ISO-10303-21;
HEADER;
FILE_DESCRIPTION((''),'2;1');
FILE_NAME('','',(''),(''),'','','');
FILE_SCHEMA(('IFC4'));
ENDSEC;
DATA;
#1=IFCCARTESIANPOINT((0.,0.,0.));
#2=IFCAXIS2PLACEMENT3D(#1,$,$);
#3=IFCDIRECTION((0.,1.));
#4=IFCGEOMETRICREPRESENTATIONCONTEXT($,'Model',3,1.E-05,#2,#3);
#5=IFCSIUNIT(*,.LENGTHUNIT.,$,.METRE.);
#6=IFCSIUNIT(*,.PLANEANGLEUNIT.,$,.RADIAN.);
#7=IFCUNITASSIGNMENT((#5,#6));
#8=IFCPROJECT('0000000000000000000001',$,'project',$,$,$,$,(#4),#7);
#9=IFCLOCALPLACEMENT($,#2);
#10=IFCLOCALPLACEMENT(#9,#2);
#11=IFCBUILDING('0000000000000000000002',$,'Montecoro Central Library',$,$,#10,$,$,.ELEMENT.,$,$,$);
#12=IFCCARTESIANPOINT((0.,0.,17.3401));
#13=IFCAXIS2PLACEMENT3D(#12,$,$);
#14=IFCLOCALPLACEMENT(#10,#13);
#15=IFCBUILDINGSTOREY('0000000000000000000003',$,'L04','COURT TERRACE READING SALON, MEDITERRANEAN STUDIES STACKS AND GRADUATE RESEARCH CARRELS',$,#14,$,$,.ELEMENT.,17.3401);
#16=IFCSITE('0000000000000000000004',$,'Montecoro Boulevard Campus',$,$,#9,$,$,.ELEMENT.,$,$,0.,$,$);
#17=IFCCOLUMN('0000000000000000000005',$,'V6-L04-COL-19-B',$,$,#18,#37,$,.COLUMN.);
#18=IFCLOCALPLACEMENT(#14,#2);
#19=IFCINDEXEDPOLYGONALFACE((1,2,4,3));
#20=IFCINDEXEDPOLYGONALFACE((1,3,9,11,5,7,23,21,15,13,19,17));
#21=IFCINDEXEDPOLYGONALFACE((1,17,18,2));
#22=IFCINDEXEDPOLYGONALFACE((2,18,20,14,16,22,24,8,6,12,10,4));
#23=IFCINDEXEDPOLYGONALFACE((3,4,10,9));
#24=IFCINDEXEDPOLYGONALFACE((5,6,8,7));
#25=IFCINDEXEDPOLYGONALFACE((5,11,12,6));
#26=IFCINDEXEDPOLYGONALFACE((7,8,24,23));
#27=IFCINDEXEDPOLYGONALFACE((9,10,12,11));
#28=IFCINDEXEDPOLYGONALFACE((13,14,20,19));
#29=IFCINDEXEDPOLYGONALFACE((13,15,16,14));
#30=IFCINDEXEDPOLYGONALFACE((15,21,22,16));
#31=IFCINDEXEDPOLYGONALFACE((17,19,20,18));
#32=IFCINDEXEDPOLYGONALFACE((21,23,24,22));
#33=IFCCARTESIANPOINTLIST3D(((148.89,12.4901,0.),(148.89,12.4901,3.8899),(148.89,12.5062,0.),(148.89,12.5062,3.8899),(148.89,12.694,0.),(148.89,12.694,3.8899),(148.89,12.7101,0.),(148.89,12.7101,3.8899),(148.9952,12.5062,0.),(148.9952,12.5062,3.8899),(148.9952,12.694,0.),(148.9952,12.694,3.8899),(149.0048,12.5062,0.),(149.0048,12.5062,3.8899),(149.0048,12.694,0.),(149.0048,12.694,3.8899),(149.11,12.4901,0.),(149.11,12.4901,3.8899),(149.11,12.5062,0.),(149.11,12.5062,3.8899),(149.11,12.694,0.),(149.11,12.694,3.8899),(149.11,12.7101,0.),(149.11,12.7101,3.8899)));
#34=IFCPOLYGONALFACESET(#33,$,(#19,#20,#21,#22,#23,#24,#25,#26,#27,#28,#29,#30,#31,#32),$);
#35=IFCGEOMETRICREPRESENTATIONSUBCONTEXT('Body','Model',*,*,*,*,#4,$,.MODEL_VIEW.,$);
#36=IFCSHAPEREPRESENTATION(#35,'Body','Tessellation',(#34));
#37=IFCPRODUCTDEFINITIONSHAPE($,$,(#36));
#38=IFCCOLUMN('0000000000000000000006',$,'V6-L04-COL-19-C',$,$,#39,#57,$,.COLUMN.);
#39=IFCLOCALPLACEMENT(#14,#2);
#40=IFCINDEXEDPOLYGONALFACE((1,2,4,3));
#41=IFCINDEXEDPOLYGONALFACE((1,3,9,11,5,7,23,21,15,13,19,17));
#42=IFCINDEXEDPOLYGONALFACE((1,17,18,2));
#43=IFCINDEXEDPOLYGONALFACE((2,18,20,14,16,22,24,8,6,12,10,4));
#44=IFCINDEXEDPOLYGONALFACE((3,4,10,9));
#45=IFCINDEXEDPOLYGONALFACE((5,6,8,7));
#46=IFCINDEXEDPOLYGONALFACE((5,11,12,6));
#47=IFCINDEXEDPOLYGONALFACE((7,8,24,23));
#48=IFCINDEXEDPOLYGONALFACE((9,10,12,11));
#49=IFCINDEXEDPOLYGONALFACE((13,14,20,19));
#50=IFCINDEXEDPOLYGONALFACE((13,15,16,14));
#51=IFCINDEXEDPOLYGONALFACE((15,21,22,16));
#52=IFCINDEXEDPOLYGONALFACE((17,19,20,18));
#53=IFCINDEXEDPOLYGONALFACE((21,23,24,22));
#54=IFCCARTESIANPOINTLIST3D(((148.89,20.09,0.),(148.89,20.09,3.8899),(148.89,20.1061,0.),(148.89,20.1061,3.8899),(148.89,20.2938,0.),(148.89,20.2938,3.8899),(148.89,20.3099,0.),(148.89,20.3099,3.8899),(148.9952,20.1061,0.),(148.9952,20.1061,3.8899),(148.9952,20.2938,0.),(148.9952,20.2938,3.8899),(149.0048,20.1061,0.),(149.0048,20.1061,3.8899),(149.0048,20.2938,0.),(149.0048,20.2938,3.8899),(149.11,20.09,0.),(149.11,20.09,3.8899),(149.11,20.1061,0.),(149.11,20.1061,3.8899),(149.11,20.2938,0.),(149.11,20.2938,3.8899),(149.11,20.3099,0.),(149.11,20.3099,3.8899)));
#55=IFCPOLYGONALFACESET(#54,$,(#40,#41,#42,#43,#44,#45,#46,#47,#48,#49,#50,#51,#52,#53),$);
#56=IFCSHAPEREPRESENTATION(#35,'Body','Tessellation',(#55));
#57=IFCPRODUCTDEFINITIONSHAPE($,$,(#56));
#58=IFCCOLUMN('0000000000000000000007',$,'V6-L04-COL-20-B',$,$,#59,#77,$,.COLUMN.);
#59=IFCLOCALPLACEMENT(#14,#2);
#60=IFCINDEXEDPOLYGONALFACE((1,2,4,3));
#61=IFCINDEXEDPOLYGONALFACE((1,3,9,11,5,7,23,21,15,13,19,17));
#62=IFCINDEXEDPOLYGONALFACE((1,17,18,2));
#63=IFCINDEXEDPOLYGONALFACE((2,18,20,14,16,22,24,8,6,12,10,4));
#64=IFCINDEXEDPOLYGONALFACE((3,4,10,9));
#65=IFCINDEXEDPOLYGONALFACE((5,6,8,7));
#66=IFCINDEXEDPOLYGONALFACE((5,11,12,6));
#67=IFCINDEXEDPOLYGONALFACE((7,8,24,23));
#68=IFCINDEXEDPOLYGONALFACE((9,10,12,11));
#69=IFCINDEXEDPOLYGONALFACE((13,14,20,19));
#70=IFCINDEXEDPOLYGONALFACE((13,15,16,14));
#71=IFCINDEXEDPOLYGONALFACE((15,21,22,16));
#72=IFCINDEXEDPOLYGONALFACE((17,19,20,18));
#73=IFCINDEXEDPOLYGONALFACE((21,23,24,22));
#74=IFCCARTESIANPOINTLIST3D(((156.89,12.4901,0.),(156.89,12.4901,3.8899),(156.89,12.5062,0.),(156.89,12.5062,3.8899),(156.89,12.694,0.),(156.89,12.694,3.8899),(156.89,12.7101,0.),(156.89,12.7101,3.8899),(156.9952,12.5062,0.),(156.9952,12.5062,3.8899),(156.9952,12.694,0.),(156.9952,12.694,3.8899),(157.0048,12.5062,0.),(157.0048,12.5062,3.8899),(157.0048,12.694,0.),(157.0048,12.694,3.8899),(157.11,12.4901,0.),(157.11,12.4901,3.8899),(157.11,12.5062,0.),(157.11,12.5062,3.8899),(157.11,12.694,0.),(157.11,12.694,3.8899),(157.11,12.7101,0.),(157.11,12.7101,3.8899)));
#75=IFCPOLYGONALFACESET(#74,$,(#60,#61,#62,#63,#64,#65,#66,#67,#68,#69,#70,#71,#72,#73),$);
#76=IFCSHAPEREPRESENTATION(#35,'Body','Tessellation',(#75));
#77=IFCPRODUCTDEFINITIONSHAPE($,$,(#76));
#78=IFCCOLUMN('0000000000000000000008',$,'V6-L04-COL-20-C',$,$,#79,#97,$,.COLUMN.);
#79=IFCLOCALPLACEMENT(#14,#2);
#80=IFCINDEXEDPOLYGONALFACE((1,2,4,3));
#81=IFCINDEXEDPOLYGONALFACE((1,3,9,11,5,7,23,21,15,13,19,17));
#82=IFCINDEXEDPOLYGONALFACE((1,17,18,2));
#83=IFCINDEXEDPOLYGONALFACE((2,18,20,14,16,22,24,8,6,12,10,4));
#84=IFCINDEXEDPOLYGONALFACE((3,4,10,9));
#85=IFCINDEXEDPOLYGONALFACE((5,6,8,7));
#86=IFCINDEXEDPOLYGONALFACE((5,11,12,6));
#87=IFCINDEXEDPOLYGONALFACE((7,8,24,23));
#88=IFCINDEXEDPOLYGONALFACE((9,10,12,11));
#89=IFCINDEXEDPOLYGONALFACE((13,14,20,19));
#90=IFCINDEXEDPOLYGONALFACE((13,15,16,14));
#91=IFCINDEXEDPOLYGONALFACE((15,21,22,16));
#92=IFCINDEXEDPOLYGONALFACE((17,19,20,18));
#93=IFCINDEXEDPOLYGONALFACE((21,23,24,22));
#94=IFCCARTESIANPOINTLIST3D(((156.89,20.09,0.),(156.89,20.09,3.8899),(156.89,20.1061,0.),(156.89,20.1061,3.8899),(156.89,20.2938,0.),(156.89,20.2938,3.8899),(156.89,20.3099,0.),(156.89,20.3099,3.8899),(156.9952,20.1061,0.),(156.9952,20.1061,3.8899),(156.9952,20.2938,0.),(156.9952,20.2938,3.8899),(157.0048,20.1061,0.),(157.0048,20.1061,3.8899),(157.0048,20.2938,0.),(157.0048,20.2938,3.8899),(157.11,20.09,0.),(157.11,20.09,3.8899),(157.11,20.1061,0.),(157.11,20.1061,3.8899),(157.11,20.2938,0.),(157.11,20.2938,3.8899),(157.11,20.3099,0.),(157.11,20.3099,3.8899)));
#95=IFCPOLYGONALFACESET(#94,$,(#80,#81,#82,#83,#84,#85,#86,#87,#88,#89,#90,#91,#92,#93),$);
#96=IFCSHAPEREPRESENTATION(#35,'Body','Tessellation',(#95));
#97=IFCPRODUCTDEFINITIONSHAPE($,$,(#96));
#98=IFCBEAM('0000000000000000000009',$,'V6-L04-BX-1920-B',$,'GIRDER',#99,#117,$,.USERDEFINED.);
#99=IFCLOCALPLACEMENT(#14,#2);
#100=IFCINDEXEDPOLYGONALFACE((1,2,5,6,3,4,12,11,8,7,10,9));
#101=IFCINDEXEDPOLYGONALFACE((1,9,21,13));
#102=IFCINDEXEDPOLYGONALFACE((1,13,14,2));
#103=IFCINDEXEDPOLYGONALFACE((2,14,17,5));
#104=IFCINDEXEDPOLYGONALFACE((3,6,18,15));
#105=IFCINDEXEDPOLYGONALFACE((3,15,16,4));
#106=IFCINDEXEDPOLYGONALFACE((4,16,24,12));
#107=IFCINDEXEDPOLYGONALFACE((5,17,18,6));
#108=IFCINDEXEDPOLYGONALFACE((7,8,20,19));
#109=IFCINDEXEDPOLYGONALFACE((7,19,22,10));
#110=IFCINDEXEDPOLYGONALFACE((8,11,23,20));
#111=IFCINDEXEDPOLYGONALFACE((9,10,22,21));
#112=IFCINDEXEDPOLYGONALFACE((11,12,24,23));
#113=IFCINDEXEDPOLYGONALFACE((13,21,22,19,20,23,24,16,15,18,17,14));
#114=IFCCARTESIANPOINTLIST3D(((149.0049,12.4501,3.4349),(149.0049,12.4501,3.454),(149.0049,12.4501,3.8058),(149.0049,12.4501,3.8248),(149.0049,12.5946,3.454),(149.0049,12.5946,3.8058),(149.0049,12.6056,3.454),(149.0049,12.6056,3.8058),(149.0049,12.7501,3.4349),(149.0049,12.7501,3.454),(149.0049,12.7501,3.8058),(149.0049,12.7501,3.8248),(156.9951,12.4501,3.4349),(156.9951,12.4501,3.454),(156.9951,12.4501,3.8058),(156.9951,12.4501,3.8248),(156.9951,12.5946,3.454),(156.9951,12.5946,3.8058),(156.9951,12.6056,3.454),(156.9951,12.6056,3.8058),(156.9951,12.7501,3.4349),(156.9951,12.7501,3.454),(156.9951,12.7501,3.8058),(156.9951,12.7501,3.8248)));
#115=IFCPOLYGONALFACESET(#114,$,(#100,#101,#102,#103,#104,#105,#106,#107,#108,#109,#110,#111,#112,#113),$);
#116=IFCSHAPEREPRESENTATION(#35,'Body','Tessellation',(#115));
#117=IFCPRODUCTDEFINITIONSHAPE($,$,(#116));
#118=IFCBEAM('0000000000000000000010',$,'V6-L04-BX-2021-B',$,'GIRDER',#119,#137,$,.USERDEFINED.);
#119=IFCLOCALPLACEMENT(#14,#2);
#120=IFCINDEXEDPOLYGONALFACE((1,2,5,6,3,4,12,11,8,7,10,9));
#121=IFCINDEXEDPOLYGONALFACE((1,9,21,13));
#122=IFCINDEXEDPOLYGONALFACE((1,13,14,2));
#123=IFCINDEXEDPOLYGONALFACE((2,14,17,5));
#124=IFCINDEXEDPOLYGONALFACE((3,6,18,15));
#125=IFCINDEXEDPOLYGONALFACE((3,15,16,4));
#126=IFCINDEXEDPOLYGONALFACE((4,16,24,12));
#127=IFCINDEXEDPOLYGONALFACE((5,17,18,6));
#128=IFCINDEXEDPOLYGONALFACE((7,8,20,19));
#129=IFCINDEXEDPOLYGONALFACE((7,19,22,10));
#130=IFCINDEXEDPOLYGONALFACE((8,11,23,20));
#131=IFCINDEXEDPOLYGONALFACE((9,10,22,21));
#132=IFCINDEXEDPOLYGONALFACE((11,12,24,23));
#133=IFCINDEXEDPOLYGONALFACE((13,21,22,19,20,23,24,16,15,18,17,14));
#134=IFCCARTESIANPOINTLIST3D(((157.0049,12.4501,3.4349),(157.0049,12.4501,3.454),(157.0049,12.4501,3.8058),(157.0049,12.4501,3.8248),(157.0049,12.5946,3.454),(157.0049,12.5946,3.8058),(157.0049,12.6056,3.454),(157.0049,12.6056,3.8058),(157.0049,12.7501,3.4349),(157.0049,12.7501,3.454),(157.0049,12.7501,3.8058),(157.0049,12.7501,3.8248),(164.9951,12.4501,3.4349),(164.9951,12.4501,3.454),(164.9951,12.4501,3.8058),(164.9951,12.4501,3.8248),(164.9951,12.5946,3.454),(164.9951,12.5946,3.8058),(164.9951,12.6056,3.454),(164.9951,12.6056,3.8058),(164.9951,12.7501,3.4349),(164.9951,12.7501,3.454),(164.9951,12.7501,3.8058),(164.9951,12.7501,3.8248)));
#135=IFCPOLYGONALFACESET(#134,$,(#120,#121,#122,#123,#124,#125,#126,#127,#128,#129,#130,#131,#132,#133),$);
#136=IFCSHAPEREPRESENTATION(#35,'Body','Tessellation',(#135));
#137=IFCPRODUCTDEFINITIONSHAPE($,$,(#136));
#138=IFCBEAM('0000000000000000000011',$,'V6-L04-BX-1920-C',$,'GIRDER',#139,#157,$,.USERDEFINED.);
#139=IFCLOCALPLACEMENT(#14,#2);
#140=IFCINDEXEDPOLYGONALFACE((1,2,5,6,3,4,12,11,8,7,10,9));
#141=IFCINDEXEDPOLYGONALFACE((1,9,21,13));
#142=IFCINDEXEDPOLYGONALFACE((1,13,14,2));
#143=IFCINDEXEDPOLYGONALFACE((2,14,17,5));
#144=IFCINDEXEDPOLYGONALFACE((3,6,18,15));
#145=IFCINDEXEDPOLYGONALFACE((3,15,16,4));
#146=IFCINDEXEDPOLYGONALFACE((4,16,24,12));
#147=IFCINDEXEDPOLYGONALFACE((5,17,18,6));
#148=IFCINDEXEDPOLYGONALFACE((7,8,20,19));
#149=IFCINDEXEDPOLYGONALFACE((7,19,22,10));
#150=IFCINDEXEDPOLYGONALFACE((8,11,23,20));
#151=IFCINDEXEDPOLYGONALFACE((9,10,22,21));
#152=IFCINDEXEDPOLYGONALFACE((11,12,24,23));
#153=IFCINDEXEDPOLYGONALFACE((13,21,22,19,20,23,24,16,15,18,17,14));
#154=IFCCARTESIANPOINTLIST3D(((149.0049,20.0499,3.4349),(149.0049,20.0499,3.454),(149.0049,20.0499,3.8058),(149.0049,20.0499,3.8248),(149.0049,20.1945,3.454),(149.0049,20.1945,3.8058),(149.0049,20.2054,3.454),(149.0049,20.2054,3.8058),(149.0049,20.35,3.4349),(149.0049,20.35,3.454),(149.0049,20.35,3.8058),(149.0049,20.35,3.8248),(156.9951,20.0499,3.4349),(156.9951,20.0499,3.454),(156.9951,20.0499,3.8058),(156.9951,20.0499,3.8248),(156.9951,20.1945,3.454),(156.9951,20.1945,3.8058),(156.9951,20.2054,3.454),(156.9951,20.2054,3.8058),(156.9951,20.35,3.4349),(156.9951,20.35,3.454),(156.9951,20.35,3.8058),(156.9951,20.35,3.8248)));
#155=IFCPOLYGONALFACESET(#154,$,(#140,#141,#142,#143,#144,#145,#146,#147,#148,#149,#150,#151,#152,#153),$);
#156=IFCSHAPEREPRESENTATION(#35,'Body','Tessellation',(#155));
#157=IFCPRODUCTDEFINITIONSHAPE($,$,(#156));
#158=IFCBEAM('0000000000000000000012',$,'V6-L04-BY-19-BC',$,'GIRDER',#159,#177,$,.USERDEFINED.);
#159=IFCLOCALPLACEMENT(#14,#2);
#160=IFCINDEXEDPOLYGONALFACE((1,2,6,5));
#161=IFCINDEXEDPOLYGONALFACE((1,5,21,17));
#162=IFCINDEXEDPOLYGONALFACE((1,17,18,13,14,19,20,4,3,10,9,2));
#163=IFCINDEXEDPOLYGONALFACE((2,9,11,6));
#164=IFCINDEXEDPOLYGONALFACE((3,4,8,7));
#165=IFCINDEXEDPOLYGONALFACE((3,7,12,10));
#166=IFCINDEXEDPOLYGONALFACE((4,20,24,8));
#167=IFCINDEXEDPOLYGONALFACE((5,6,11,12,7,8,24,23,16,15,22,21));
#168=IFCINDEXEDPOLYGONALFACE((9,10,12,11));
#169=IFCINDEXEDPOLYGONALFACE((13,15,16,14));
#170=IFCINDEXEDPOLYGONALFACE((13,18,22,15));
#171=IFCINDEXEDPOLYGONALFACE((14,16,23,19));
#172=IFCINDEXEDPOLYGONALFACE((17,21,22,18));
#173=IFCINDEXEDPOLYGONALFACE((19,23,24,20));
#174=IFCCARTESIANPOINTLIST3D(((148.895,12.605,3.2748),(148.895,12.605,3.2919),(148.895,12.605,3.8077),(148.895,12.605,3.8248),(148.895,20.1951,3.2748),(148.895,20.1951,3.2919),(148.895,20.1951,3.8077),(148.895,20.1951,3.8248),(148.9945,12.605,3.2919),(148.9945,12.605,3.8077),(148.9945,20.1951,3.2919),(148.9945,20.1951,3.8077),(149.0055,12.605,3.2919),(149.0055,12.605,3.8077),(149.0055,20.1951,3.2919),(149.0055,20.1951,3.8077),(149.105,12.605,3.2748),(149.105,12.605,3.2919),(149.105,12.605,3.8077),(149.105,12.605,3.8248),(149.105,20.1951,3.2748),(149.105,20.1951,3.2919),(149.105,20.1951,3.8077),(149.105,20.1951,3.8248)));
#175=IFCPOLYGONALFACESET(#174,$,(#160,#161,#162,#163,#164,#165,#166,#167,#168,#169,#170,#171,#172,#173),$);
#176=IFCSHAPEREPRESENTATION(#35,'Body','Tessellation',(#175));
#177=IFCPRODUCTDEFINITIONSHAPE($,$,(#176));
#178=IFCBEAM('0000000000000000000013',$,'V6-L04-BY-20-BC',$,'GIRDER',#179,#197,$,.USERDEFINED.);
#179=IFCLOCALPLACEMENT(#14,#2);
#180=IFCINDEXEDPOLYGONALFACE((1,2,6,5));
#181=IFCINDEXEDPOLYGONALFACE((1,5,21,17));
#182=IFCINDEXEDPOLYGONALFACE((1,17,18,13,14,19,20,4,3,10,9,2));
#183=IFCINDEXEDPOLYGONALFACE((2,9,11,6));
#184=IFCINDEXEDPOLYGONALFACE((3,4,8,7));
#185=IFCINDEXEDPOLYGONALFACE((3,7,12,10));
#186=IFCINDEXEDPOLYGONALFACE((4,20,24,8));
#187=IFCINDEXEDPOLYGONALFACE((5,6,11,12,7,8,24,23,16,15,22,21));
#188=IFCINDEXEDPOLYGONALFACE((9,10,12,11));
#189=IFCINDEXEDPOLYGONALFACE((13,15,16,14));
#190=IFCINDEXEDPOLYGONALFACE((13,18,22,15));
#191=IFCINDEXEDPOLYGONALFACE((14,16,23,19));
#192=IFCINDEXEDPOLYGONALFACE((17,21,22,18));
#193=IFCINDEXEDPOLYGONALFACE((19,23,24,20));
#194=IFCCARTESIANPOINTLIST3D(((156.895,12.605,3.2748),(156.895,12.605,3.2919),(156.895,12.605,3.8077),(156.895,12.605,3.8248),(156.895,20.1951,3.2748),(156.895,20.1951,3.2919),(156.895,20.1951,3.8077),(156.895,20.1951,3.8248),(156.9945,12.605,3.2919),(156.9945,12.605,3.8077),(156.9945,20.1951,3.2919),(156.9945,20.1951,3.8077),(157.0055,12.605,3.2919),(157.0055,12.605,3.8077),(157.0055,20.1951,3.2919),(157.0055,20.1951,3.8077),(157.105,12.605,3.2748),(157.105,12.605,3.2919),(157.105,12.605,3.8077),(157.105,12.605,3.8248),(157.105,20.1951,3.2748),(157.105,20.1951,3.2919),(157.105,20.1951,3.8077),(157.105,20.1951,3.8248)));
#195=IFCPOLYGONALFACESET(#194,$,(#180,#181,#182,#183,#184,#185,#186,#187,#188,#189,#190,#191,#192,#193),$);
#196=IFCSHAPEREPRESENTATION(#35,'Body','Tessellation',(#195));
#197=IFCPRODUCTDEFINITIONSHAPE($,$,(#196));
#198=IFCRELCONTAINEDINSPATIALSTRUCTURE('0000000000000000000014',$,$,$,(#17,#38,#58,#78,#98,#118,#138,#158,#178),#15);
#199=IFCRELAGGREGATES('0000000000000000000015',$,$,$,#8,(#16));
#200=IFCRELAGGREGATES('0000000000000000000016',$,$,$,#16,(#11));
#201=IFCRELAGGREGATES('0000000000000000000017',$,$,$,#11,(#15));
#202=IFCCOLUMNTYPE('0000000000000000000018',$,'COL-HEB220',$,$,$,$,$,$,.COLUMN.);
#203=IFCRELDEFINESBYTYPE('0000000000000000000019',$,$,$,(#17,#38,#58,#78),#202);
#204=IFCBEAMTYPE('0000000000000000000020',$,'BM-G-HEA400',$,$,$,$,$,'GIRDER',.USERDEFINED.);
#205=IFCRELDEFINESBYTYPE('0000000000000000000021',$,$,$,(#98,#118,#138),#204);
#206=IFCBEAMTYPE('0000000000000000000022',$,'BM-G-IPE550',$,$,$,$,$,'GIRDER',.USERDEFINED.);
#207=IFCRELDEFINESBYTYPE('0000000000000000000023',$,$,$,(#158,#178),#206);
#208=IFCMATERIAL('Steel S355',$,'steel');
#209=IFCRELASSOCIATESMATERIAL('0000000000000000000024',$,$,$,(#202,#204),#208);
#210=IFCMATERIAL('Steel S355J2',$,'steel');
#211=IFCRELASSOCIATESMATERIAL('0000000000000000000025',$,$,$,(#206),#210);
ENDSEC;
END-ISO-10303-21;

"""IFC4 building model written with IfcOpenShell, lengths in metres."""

from ifc_helpers import new_model, si_unit, direction, frame, origin, origin_2d, place, context, subcontext, project, spatial, i_section, extrude, material, material_profile, profile_set, type_object, element, save


model = new_model("IFC4")

# Units and contexts
model_context = context("Model", 3, precision=1e-05, world=origin(), true_north=direction((0.0, 1.0)))
body_context = subcontext(model_context, "Body", "Model", "MODEL_VIEW")
ifc_project = project(units=[si_unit("LENGTHUNIT", "METRE"), si_unit("PLANEANGLEUNIT", "RADIAN")], contexts=[model_context])

# Site, building, storey
site_placement = place(None, origin())
site = spatial("IfcSite", under=ifc_project, at=site_placement, Name="Montecoro Boulevard Campus", CompositionType="ELEMENT", RefElevation=0.0)
building_placement = place(site_placement, origin())
building = spatial("IfcBuilding", under=site, at=building_placement, Name="Montecoro Central Library", CompositionType="ELEMENT")
storey_placement = place(building_placement, frame((0.0, 0.0, 17.3401)))
storey = spatial("IfcBuildingStorey", under=building, at=storey_placement, Name="L04", Description="COURT TERRACE READING SALON, MEDITERRANEAN STUDIES STACKS AND GRADUATE RESEARCH CARRELS", CompositionType="ELEMENT", Elevation=17.3401)

# Columns
ifc_material_1 = material(Name="Steel S355", Category="steel")
ifc_material_profile_1 = material_profile(ifc_material_1, i_section(OverallWidth=0.22, OverallDepth=0.22, WebThickness=0.0095, FlangeThickness=0.0161, at=origin_2d()), Name="HEB 220")
ifc_profile_set_1 = profile_set([ifc_material_profile_1], Name="Steel S355")
column_type = type_object("IfcColumnType", Name="COL-HEB220", PredefinedType="COLUMN", material=ifc_profile_set_1)
for number, where, z_axis, x_axis, name in (
    (1, (149.0, 12.6001, 0.0), (0.0, 0.0, 1.0), (1.0, 0.0, 0.0), "V6-L04-COL-19-B"),
    (2, (149.0, 20.2, 0.0), (0.0, 0.0, 1.0), (1.0, 0.0, 0.0), "V6-L04-COL-19-C"),
    (3, (157.0, 12.6001, 0.0), (0.0, 0.0, 1.0), (1.0, 0.0, 0.0), "V6-L04-COL-20-B"),
    (4, (157.0, 20.2, 0.0), (0.0, 0.0, 1.0), (1.0, 0.0, 0.0), "V6-L04-COL-20-C"),
):
    element("IfcColumn", number, at=place(storey_placement, frame(where, z_axis=z_axis, x_axis=x_axis)), inside=storey, type_object=column_type, Name=name, PredefinedType="COLUMN", context=body_context, shape_type="SweptSolid", body=[
        extrude(i_section(OverallWidth=0.22, OverallDepth=0.22, WebThickness=0.0095, FlangeThickness=0.0161, at=origin_2d()), origin(), (0.0, 0.0, 1.0), 3.8899),
    ])

# Beams
ifc_material_profile_2 = material_profile(ifc_material_1, i_section(OverallWidth=0.3, OverallDepth=0.3899, WebThickness=0.011, FlangeThickness=0.019, at=origin_2d()), Name="HEA 400")
ifc_profile_set_2 = profile_set([ifc_material_profile_2], Name="Steel S355")
beam_type_1 = type_object("IfcBeamType", Name="BM-G-HEA400", ElementType="GIRDER", PredefinedType="USERDEFINED", material=ifc_profile_set_2)
for number, where, z_axis, x_axis, name in (
    (5, (149.0049, 12.6001, 3.6299), (1.0, 0.0, 0.0), (0.0, 1.0, 0.0), "V6-L04-BX-1920-B"),
    (6, (157.0049, 12.6001, 3.6299), (1.0, 0.0, 0.0), (0.0, 1.0, 0.0), "V6-L04-BX-2021-B"),
    (7, (149.0049, 20.2, 3.6299), (1.0, 0.0, 0.0), (0.0, 1.0, 0.0), "V6-L04-BX-1920-C"),
):
    element("IfcBeam", number, at=place(storey_placement, frame(where, z_axis=z_axis, x_axis=x_axis)), inside=storey, type_object=beam_type_1, Name=name, ObjectType="GIRDER", PredefinedType="USERDEFINED", context=body_context, shape_type="SweptSolid", body=[
        extrude(i_section(OverallWidth=0.3, OverallDepth=0.3899, WebThickness=0.011, FlangeThickness=0.019, at=origin_2d()), origin(), (0.0, 0.0, 1.0), 7.9902),
    ])
ifc_material_2 = material(Name="Steel S355J2", Category="steel")
ifc_material_profile_3 = material_profile(ifc_material_2, i_section(OverallWidth=0.21, OverallDepth=0.55, WebThickness=0.011, FlangeThickness=0.0171, at=origin_2d()), Name="IPE 550")
ifc_profile_set_3 = profile_set([ifc_material_profile_3], Name="Steel S355J2")
beam_type_2 = type_object("IfcBeamType", Name="BM-G-IPE550", ElementType="GIRDER", PredefinedType="USERDEFINED", material=ifc_profile_set_3)
for number, where, z_axis, x_axis, name in (
    (8, (149.0, 12.605, 3.5498), (0.0, 1.0, 0.0), (-1.0, 0.0, 0.0), "V6-L04-BY-19-BC"),
    (9, (157.0, 12.605, 3.5498), (0.0, 1.0, 0.0), (-1.0, 0.0, 0.0), "V6-L04-BY-20-BC"),
):
    element("IfcBeam", number, at=place(storey_placement, frame(where, z_axis=z_axis, x_axis=x_axis)), inside=storey, type_object=beam_type_2, Name=name, ObjectType="GIRDER", PredefinedType="USERDEFINED", context=body_context, shape_type="SweptSolid", body=[
        extrude(i_section(OverallWidth=0.21, OverallDepth=0.55, WebThickness=0.011, FlangeThickness=0.0171, at=origin_2d()), origin(), (0.0, 0.0, 1.0), 7.5901),
    ])

save(model, "model.ifc")
